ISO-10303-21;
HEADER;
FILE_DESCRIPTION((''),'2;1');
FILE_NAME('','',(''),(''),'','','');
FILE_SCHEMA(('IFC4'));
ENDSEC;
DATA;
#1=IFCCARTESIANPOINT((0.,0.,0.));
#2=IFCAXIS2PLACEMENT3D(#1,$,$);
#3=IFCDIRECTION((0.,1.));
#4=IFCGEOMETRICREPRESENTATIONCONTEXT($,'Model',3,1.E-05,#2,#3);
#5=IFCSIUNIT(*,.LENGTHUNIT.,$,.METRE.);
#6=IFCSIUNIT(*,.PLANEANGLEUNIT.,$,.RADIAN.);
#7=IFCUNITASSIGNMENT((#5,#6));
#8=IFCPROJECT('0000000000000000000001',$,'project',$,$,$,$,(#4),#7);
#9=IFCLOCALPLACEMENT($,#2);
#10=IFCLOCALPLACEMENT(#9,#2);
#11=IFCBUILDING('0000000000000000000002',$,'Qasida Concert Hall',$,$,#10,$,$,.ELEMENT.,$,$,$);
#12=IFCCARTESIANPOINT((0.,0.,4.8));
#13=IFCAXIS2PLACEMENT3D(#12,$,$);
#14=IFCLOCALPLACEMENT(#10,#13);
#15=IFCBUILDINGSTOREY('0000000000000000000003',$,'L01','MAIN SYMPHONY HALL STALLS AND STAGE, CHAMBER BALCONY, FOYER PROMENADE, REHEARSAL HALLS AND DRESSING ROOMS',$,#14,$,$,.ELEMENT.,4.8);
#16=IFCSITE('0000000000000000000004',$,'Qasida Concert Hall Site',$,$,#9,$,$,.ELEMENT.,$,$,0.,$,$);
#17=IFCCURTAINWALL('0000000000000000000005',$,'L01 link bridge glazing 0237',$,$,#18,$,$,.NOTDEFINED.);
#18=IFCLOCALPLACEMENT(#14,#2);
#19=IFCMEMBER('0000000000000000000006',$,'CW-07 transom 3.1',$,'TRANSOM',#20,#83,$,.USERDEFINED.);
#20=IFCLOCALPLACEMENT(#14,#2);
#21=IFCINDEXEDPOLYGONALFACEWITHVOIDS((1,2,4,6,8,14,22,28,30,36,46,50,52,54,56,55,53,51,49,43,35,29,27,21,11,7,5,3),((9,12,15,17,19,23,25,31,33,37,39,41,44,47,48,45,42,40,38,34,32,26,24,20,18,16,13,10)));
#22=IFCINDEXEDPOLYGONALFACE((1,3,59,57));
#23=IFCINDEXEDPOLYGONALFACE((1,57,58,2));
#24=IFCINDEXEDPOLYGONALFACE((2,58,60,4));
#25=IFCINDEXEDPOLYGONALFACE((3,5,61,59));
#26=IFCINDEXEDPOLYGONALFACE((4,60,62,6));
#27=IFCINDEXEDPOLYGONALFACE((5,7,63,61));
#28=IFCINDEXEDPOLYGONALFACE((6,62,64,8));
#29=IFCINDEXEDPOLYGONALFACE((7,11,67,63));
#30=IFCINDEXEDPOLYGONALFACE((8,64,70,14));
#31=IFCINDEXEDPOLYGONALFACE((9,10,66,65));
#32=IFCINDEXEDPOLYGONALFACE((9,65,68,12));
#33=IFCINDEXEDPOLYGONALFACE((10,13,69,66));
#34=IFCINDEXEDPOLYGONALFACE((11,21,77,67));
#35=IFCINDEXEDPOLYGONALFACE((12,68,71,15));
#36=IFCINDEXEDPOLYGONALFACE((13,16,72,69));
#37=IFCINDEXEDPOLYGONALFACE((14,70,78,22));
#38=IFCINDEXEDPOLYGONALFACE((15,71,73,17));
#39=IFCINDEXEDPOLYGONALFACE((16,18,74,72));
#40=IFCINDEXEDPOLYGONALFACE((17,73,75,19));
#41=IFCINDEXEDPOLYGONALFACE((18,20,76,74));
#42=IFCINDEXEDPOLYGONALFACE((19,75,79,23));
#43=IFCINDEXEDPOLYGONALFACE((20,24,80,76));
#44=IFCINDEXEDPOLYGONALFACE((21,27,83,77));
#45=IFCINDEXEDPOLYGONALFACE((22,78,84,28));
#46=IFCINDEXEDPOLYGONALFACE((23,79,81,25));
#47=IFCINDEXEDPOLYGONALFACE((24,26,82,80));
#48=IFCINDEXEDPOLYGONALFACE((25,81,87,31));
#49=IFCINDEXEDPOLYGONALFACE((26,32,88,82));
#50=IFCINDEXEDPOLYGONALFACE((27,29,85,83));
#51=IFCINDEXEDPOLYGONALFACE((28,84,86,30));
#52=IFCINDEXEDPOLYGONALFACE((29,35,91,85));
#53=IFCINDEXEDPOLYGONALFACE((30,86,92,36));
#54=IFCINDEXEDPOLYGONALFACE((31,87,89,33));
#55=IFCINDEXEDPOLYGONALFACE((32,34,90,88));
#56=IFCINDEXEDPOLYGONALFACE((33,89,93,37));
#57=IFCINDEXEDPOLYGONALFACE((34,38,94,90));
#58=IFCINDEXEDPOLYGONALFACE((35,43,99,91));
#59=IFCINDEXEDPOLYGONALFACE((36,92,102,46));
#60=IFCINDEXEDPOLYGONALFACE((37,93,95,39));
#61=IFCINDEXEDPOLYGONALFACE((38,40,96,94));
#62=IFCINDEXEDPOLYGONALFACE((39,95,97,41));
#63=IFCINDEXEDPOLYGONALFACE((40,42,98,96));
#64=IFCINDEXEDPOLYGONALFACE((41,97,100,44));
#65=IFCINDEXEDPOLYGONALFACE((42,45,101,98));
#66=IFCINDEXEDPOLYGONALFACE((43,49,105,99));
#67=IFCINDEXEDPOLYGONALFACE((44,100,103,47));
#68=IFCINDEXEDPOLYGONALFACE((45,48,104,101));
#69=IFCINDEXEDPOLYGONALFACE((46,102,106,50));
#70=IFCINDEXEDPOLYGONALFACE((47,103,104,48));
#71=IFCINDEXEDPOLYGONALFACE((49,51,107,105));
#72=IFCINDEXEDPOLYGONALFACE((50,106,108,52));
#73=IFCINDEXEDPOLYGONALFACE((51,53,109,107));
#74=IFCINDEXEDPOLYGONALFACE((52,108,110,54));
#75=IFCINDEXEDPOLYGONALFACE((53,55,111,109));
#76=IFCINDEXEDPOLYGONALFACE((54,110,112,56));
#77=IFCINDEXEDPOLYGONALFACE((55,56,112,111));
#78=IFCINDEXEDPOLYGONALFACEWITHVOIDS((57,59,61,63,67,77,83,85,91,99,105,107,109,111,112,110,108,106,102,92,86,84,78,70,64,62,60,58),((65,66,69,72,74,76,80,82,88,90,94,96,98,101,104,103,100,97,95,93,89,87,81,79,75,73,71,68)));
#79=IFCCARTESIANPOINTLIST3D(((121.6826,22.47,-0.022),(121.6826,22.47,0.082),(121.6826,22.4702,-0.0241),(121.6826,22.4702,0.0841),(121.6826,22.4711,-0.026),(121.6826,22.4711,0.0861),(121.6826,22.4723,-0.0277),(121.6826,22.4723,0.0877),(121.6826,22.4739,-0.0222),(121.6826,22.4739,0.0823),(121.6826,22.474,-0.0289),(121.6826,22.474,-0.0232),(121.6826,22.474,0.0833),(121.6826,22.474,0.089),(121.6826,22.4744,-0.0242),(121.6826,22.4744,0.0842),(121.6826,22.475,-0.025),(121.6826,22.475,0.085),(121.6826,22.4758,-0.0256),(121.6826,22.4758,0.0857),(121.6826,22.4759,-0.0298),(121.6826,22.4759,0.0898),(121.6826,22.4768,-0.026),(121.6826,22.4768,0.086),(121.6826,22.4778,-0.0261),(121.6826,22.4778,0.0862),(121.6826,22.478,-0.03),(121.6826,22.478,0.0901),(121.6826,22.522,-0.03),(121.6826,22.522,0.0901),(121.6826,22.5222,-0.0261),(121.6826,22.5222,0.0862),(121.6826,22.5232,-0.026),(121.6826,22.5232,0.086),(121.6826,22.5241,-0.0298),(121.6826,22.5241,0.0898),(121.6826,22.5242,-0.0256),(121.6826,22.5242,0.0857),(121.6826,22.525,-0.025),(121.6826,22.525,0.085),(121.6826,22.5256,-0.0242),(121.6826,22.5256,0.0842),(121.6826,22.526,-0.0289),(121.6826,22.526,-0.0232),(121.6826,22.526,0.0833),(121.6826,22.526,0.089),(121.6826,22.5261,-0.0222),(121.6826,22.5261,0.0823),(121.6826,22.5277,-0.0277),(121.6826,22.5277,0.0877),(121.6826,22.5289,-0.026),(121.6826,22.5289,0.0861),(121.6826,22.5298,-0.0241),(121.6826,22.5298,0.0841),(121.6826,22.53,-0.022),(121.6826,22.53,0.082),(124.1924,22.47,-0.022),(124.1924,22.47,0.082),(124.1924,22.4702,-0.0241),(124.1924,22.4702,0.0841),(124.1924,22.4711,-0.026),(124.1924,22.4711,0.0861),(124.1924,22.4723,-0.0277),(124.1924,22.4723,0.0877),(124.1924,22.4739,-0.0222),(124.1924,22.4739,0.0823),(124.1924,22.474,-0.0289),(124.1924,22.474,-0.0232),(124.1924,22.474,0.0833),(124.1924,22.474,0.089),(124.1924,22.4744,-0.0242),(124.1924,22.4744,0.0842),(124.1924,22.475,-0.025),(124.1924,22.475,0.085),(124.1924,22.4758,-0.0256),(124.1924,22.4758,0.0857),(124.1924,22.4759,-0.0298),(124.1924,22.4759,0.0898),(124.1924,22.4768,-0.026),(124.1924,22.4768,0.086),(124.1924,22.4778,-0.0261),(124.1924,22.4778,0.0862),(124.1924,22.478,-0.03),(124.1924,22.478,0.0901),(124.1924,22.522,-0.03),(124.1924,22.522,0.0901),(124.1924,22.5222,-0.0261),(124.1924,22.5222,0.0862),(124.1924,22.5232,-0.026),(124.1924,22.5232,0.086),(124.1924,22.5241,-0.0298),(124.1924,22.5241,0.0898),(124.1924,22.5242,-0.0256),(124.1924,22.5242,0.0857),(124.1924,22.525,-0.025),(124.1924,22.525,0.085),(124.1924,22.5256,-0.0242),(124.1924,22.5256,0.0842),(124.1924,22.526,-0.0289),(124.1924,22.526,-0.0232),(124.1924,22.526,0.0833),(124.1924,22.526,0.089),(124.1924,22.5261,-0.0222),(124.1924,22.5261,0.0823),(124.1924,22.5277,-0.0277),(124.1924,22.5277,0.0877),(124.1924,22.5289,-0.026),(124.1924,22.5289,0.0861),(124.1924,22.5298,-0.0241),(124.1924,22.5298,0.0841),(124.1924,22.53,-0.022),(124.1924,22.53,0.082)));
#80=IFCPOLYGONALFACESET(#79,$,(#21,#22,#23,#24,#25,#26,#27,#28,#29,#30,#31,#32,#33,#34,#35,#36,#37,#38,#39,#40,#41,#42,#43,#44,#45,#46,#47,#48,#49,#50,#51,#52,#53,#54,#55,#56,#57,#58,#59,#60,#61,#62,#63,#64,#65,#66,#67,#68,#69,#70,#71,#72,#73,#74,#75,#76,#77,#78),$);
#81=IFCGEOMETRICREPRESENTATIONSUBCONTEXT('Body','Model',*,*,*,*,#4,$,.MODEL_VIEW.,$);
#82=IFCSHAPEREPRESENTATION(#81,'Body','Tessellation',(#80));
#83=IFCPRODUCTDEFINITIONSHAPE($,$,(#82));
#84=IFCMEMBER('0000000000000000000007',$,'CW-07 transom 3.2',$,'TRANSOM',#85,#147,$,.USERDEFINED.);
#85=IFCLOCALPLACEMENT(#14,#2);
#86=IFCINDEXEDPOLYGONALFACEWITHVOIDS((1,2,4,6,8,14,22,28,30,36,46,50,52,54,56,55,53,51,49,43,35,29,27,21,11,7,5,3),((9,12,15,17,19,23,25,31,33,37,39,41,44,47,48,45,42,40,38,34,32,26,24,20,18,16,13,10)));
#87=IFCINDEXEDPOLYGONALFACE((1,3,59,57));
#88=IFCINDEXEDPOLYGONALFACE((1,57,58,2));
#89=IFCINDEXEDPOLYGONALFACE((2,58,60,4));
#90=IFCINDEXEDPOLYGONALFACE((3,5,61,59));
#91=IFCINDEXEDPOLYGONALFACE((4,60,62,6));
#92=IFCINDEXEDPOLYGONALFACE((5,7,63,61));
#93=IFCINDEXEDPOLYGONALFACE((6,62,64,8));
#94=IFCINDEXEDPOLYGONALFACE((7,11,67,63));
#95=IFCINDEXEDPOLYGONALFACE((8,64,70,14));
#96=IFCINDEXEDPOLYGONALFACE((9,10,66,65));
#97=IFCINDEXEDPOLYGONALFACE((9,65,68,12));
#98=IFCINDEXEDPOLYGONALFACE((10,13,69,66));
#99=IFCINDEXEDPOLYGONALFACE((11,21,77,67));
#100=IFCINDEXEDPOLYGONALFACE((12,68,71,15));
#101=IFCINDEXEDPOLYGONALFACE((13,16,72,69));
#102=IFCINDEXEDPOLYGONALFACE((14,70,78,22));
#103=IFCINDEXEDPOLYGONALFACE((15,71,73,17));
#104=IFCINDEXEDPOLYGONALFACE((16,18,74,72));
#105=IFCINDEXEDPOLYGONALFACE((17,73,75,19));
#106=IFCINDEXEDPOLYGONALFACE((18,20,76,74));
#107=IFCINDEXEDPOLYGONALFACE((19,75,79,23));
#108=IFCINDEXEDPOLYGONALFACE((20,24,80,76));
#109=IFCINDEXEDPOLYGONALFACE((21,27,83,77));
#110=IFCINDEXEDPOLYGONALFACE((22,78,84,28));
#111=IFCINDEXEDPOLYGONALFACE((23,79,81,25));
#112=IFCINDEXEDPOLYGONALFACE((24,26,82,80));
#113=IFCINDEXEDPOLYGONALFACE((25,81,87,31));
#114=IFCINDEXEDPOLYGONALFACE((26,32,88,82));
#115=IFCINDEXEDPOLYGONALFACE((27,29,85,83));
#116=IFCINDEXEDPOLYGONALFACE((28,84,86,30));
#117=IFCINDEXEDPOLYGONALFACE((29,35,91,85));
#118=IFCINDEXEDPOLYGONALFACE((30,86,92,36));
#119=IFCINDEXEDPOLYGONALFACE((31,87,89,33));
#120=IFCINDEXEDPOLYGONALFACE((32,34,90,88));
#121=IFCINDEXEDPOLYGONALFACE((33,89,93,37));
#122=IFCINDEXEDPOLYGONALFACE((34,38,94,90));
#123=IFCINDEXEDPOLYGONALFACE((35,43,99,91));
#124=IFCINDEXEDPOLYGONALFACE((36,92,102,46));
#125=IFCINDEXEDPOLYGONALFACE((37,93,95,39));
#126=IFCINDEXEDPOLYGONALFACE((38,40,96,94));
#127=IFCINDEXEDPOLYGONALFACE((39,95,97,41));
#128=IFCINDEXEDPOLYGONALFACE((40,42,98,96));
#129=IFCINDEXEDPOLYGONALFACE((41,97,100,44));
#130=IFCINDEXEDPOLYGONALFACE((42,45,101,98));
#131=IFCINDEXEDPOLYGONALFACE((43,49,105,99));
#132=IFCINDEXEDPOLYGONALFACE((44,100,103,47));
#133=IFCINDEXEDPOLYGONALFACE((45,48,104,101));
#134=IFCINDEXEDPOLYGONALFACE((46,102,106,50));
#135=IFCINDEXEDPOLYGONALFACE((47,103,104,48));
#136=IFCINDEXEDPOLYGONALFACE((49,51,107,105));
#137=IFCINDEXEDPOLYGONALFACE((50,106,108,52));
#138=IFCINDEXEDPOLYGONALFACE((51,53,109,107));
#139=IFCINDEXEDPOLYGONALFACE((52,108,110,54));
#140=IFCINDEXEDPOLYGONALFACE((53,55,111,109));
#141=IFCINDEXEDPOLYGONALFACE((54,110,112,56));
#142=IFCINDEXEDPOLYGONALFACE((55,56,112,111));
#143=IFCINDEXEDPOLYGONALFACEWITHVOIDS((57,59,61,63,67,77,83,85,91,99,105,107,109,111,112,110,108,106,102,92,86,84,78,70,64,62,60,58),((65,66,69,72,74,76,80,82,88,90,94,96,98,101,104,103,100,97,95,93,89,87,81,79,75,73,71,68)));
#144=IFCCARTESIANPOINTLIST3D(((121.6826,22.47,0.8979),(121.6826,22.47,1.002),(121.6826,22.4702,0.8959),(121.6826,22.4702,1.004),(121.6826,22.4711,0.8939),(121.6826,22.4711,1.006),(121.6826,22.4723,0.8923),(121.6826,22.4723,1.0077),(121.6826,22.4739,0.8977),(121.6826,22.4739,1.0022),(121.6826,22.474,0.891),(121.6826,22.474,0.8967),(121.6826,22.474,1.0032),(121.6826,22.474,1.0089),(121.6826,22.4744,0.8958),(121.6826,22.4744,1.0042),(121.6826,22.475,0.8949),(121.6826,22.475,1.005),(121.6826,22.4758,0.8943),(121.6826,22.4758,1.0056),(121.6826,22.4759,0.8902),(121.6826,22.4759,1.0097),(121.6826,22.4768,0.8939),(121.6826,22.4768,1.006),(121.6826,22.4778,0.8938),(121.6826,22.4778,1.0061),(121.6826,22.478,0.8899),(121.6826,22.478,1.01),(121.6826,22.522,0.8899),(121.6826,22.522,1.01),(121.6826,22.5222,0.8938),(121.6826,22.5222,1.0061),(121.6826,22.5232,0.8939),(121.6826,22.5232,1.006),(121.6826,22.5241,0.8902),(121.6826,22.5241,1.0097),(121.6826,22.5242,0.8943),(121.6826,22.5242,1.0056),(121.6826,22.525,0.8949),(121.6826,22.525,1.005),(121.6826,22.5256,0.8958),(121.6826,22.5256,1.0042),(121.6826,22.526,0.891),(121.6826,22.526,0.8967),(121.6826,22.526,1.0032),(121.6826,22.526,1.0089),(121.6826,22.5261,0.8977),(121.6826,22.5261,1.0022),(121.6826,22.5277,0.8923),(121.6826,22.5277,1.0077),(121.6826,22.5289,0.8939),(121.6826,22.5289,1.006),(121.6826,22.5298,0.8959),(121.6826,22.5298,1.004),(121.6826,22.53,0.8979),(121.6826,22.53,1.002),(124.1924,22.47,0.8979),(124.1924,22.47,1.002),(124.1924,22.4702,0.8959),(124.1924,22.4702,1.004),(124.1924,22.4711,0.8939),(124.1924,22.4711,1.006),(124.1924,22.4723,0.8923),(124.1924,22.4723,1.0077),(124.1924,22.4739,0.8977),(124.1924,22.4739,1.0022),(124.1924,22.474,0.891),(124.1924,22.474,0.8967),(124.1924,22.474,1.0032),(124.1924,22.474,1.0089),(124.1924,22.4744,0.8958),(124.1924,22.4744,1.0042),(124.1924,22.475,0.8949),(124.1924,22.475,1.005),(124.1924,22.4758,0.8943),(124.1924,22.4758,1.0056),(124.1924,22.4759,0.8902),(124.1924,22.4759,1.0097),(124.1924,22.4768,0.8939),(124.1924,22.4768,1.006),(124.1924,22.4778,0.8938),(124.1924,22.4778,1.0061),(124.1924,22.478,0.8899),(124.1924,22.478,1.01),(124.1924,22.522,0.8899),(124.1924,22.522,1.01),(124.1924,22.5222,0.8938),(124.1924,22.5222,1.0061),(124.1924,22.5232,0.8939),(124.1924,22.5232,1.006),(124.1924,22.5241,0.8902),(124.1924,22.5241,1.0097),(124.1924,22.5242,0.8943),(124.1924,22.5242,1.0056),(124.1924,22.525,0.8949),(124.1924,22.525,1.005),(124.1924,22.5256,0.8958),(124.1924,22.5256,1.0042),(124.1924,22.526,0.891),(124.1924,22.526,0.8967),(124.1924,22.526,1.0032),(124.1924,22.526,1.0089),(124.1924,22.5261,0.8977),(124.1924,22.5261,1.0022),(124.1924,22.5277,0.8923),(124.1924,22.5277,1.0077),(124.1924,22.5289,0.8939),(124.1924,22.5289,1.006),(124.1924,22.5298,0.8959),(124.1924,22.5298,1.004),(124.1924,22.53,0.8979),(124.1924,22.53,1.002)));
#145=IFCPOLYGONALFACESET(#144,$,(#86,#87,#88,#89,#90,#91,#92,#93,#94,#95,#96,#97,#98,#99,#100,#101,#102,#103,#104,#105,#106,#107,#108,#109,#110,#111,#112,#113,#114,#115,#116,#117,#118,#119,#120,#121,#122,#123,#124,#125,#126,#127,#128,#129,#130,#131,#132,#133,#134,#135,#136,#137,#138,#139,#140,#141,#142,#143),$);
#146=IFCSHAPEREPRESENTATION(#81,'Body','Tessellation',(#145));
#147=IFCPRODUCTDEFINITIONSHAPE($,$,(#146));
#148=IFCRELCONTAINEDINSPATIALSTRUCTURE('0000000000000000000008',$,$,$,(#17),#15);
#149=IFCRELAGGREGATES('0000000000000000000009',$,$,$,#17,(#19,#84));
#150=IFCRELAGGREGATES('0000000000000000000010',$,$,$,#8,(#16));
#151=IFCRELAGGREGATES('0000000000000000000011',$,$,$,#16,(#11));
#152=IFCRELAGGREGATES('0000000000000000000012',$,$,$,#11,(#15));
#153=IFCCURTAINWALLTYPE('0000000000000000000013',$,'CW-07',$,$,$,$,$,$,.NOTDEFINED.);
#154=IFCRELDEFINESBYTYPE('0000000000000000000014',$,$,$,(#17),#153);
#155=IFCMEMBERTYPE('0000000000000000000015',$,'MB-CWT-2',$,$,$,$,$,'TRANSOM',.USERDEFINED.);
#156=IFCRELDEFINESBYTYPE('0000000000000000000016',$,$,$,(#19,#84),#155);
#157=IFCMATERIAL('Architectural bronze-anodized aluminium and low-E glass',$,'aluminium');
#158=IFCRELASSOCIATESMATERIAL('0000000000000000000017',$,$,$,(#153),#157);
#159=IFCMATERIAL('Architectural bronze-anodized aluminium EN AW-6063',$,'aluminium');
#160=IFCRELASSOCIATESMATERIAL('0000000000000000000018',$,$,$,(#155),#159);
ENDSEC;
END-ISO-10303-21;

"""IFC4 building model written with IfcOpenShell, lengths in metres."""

from ifc_helpers import new_model, si_unit, direction, frame, origin, origin_2d, place, context, subcontext, project, spatial, hollow_rectangle, extrude, material, material_profile, profile_set, type_object, element, aggregate, save


model = new_model("IFC4")

# Units and contexts
model_context = context("Model", 3, precision=1e-05, world=origin(), true_north=direction((0.0, 1.0)))
body_context = subcontext(model_context, "Body", "Model", "MODEL_VIEW")
ifc_project = project(units=[si_unit("LENGTHUNIT", "METRE"), si_unit("PLANEANGLEUNIT", "RADIAN")], contexts=[model_context])

# Site, building, storey
site_placement = place(None, origin())
site = spatial("IfcSite", under=ifc_project, at=site_placement, Name="Qasida Concert Hall Site", CompositionType="ELEMENT", RefElevation=0.0)
building_placement = place(site_placement, origin())
building = spatial("IfcBuilding", under=site, at=building_placement, Name="Qasida Concert Hall", CompositionType="ELEMENT")
storey_placement = place(building_placement, frame((0.0, 0.0, 4.8)))
storey = spatial("IfcBuildingStorey", under=building, at=storey_placement, Name="L01", Description="MAIN SYMPHONY HALL STALLS AND STAGE, CHAMBER BALCONY, FOYER PROMENADE, REHEARSAL HALLS AND DRESSING ROOMS", CompositionType="ELEMENT", Elevation=4.8)

# Curtain wall, members
ifc_material_1 = material(Name="Architectural bronze-anodized aluminium and low-E glass", Category="aluminium")
curtain_wall_type = type_object("IfcCurtainWallType", Name="CW-07", PredefinedType="NOTDEFINED", material=ifc_material_1)
curtain_wall_placement = place(storey_placement, origin())
curtain_wall = element("IfcCurtainWall", 1, at=curtain_wall_placement, inside=storey, type_object=curtain_wall_type, Name="L01 link bridge glazing 0237", PredefinedType="NOTDEFINED")
ifc_material_2 = material(Name="Architectural bronze-anodized aluminium EN AW-6063", Category="aluminium")
ifc_material_profile_1 = material_profile(ifc_material_2, hollow_rectangle(XDim=0.0601, YDim=0.1201, WallThickness=0.0039, InnerFilletRadius=0.0039, OuterFilletRadius=0.0081, at=origin_2d()), Name="CWT 120x60x4")
ifc_profile_set_1 = profile_set([ifc_material_profile_1], Name="Architectural bronze-anodized aluminium EN AW-6063")
member_type_1 = type_object("IfcMemberType", Name="MB-CWT-2", ElementType="TRANSOM", PredefinedType="USERDEFINED", material=ifc_profile_set_1)
member_1_placement = place(storey_placement, frame((121.6826, 22.5, 0.03), z_axis=(1.0, 0.0, 0.0), x_axis=(0.0, 1.0, 0.0)))
member_1 = element("IfcMember", 2, at=member_1_placement, type_object=member_type_1, Name="CW-07 transom 3.1", ObjectType="TRANSOM", PredefinedType="USERDEFINED", context=body_context, shape_type="SweptSolid", body=[
    extrude(hollow_rectangle(XDim=0.0601, YDim=0.1201, WallThickness=0.0039, InnerFilletRadius=0.0039, OuterFilletRadius=0.0081, at=origin_2d()), origin(), (0.0, 0.0, 1.0), 2.5098),
])
member_2_placement = place(storey_placement, frame((121.6826, 22.5, 0.95), z_axis=(1.0, 0.0, 0.0), x_axis=(0.0, 1.0, 0.0)))
member_2 = element("IfcMember", 3, at=member_2_placement, type_object=member_type_1, Name="CW-07 transom 3.2", ObjectType="TRANSOM", PredefinedType="USERDEFINED", context=body_context, shape_type="SweptSolid", body=[
    extrude(hollow_rectangle(XDim=0.0601, YDim=0.1201, WallThickness=0.0039, InnerFilletRadius=0.0039, OuterFilletRadius=0.0081, at=origin_2d()), origin(), (0.0, 0.0, 1.0), 2.5098),
])
aggregate(curtain_wall, [member_1, member_2])

save(model, "model.ifc")
